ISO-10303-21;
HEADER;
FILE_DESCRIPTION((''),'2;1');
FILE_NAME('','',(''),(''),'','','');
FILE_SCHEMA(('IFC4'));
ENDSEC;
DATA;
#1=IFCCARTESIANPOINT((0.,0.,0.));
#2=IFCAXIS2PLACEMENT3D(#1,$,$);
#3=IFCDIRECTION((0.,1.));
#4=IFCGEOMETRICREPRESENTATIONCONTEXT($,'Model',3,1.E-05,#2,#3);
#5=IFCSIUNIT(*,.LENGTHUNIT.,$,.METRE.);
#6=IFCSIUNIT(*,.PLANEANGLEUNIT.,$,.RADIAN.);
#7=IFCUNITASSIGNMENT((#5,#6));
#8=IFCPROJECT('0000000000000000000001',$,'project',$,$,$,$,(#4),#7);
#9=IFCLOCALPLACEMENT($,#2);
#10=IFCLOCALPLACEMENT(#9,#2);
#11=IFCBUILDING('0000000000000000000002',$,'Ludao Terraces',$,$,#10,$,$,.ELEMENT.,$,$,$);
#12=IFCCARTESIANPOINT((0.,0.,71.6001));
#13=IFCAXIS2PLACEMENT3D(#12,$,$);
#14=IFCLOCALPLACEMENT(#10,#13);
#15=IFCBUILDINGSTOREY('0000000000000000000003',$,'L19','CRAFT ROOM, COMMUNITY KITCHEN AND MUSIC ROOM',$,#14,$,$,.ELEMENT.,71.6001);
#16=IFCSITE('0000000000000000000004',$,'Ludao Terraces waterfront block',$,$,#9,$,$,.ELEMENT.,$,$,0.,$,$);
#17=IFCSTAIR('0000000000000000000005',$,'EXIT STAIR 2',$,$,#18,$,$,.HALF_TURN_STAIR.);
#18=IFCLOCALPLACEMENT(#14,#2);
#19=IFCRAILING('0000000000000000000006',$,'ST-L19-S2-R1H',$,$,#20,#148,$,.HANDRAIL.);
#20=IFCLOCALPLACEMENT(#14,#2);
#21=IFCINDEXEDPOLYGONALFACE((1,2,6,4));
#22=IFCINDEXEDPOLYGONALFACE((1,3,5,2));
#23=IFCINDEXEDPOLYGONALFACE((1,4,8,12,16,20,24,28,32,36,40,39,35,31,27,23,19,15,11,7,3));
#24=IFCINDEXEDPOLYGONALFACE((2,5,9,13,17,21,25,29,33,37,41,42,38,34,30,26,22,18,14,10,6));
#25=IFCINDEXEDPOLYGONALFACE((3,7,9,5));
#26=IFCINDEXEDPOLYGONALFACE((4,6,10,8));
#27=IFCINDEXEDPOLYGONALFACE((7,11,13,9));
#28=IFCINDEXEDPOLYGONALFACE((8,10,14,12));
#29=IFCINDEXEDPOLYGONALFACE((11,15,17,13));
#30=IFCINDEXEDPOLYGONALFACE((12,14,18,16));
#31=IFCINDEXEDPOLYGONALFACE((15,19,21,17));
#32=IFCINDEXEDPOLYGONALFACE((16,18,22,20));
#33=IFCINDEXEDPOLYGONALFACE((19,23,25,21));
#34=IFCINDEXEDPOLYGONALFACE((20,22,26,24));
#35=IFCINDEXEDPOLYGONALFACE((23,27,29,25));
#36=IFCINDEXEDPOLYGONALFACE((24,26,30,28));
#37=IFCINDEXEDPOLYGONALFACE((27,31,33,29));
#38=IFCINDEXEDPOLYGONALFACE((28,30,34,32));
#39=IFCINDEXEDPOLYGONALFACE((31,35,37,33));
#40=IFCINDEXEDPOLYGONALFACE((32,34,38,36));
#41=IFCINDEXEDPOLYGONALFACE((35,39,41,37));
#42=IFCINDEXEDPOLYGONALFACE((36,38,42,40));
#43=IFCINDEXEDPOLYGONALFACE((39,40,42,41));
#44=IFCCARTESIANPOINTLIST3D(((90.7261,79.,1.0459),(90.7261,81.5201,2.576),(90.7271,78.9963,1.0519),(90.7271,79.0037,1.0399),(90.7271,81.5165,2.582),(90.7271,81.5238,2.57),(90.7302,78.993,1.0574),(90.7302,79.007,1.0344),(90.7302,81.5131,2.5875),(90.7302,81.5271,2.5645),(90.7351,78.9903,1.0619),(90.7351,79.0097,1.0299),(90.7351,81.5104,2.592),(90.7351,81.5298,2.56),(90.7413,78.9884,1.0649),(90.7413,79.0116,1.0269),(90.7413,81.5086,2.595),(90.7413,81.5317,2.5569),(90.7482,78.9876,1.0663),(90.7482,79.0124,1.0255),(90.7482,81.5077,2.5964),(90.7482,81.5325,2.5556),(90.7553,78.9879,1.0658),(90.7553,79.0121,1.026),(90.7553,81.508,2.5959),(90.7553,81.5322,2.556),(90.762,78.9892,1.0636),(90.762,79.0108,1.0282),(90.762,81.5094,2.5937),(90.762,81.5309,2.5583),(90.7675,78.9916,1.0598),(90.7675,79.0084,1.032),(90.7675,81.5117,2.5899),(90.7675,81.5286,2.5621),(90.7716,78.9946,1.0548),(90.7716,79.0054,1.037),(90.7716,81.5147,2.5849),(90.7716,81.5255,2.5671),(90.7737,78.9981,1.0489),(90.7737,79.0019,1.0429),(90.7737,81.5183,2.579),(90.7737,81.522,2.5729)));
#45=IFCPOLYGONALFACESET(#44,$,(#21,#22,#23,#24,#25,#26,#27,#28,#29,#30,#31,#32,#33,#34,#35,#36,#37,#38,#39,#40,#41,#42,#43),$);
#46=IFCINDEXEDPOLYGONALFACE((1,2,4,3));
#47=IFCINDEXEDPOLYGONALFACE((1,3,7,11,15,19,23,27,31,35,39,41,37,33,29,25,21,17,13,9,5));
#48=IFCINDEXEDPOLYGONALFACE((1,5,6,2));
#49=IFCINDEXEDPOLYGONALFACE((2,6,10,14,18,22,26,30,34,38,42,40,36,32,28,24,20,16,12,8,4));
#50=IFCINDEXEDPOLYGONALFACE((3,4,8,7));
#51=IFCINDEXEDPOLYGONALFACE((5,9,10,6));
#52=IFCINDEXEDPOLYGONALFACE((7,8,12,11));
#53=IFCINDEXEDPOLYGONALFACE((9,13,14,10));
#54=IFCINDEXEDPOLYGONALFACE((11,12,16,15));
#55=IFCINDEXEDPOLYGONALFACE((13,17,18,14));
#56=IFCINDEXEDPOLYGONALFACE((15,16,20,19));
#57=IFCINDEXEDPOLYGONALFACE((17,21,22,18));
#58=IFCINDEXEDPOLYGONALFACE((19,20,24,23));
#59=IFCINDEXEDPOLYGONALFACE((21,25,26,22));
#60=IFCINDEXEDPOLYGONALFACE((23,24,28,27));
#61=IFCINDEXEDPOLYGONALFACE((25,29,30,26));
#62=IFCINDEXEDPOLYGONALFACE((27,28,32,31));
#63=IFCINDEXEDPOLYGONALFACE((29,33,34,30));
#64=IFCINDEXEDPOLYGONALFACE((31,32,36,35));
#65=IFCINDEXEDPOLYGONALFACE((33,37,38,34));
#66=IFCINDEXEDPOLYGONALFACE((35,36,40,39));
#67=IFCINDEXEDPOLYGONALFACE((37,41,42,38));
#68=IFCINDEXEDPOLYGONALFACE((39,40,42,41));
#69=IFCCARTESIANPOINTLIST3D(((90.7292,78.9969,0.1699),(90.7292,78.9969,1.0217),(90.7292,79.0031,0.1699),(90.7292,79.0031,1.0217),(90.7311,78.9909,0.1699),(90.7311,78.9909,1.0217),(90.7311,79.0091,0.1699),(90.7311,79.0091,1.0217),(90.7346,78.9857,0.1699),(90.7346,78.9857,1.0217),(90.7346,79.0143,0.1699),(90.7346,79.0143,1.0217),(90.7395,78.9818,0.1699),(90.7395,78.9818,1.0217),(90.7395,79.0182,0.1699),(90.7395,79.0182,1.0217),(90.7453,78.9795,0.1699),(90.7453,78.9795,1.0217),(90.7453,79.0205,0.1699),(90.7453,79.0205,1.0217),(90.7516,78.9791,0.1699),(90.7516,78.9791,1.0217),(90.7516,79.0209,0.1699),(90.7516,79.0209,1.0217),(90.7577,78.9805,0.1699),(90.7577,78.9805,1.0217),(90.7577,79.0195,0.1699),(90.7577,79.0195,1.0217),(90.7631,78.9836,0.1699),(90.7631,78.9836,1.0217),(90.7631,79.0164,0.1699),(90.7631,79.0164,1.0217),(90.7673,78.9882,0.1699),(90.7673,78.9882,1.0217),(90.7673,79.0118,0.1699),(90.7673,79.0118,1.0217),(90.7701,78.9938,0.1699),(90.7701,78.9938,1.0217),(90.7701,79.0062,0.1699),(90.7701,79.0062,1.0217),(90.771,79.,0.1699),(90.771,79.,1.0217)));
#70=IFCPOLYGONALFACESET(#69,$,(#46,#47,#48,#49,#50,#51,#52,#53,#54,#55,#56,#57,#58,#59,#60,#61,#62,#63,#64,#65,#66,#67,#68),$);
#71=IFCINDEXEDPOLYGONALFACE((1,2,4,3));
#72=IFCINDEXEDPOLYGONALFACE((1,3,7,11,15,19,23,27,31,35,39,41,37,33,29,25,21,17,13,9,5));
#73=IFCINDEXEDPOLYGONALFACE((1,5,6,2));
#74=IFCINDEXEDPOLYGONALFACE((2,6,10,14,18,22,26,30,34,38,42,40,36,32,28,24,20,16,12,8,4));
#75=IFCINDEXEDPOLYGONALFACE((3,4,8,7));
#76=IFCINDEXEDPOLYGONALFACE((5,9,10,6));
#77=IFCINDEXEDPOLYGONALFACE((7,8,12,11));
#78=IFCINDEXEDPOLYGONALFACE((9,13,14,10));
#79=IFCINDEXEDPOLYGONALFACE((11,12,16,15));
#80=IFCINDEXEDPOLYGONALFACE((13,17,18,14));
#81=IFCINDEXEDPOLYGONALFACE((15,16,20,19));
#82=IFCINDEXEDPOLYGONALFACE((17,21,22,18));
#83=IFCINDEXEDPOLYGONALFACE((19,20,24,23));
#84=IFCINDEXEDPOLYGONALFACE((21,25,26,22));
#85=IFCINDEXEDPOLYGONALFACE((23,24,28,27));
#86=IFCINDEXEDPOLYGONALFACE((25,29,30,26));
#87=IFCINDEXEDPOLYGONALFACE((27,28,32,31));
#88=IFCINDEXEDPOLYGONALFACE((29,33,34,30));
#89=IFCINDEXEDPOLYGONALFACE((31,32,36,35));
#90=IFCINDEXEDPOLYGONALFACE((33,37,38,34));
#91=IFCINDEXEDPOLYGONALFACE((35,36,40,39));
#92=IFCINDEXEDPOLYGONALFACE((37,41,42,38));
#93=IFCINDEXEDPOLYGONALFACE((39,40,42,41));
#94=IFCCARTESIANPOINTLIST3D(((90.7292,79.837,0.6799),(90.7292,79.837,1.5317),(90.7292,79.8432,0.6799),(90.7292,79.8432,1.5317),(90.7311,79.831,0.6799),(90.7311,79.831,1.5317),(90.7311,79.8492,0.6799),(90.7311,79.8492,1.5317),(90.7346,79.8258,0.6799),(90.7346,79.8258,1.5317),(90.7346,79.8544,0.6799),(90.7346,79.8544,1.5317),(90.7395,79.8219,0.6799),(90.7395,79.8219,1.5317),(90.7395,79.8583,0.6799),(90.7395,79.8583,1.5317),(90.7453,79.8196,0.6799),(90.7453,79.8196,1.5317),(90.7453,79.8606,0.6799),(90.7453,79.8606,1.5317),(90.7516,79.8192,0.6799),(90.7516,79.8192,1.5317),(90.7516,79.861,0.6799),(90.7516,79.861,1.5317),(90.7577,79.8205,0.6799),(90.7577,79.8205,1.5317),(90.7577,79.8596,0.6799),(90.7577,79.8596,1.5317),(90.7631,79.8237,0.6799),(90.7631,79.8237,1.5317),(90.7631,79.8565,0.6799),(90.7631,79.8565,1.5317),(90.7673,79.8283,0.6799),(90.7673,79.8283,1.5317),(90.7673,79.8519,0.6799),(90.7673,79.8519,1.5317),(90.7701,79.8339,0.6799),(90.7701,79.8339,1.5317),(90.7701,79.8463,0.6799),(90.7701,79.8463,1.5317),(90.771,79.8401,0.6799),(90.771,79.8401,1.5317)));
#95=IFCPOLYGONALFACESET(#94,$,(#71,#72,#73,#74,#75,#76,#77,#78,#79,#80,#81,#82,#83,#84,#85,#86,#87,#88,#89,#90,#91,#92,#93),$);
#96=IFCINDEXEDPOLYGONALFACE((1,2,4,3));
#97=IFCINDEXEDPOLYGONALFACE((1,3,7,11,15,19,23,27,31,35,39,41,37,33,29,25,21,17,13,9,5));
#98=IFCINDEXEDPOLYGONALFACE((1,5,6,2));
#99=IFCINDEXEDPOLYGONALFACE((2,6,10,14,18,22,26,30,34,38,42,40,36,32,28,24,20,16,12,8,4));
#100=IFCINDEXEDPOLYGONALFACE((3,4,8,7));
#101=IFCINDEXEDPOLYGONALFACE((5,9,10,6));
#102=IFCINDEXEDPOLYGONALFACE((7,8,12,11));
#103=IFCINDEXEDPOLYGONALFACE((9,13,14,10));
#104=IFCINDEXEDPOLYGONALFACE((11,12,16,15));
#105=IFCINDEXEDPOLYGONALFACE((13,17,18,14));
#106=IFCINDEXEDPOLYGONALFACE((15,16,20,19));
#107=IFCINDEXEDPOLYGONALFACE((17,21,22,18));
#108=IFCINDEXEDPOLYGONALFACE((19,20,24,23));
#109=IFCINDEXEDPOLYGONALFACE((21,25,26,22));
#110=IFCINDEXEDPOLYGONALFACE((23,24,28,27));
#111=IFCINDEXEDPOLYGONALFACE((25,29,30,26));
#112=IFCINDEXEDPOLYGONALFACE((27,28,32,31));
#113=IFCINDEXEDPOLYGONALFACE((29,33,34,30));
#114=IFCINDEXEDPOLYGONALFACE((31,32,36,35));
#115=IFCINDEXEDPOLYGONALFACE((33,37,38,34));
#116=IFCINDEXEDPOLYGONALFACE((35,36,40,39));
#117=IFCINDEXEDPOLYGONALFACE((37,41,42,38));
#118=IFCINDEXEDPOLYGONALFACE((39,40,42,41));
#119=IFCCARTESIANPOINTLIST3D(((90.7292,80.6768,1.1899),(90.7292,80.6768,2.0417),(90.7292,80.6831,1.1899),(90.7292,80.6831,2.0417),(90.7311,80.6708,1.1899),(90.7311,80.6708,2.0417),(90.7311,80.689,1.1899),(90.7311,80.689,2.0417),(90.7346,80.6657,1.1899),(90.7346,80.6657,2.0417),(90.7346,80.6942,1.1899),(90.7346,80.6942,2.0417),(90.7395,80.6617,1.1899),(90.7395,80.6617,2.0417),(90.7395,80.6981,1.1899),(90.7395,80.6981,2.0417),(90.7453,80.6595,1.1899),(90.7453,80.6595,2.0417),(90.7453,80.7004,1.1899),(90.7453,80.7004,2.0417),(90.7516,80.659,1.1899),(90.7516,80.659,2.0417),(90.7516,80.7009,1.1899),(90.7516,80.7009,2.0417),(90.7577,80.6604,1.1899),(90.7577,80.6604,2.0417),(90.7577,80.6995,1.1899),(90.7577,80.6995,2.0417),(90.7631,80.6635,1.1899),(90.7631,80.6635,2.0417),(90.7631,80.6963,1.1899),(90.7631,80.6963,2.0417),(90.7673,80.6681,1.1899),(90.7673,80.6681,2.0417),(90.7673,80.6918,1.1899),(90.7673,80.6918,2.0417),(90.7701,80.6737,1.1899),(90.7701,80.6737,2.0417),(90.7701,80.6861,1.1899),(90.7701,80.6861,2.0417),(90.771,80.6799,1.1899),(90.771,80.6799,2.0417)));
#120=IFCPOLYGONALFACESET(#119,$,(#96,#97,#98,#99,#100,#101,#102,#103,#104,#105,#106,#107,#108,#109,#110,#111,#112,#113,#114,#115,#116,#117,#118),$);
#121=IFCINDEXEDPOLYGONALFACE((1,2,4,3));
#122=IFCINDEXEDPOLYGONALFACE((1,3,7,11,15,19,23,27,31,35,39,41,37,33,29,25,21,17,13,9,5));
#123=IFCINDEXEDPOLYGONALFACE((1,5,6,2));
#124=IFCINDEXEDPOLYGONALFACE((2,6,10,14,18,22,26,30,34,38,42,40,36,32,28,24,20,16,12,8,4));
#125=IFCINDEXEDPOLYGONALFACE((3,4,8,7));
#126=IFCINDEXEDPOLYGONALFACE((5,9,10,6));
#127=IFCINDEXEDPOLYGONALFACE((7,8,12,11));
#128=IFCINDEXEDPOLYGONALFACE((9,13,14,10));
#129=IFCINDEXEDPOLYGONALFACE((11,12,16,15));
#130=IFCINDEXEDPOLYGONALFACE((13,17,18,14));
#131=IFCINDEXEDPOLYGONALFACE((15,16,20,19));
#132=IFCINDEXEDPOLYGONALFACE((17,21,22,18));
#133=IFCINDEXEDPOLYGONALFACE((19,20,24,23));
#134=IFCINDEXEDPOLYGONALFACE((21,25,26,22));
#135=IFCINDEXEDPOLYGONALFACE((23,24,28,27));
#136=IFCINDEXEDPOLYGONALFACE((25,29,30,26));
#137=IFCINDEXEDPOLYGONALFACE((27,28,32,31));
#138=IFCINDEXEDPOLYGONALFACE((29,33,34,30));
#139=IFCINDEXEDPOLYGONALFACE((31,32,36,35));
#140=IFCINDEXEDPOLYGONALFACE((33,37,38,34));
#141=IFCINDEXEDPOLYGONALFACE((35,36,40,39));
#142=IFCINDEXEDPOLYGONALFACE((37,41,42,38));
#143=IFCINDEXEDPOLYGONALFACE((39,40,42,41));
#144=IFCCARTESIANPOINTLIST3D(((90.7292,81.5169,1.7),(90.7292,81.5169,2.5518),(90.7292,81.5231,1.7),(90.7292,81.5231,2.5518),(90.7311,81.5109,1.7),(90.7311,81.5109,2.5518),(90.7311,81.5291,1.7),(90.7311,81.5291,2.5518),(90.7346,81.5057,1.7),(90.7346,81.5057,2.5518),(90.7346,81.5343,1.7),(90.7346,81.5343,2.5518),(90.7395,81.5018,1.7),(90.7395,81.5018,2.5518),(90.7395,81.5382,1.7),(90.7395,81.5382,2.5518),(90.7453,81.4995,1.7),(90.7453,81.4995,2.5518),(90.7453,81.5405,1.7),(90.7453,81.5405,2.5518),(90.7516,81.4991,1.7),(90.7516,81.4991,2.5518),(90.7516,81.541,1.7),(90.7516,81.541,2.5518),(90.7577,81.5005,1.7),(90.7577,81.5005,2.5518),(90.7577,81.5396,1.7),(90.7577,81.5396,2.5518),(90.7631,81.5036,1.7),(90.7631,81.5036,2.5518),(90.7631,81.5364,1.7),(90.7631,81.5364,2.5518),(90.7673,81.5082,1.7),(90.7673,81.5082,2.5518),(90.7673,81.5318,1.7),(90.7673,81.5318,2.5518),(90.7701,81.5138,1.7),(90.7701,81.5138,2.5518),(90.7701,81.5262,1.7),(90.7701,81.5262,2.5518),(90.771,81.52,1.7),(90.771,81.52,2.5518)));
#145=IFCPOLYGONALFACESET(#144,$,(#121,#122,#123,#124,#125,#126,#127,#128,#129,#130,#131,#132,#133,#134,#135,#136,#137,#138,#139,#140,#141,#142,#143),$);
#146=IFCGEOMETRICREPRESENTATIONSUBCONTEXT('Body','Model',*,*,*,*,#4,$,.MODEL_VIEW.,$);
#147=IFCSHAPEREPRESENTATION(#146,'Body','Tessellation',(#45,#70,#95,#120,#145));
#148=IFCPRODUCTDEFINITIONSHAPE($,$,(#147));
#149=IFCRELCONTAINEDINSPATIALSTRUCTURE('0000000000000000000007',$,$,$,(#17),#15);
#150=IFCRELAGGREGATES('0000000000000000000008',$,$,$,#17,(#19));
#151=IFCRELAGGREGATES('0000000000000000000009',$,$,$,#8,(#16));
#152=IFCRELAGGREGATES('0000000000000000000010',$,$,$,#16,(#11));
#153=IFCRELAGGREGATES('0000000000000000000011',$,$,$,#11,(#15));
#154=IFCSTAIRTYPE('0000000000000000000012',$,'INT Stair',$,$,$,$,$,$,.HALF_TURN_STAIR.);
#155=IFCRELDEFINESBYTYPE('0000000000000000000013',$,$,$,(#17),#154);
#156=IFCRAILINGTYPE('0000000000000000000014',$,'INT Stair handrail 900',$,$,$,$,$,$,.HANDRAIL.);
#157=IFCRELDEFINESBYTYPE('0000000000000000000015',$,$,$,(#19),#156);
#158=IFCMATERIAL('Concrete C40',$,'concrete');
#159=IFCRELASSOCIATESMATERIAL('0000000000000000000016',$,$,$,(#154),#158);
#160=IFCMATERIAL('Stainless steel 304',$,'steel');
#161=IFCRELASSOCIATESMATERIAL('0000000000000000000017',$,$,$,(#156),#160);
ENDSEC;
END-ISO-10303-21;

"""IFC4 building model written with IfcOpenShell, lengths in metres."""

from ifc_helpers import new_model, si_unit, direction, frame, origin, origin_2d, place, context, subcontext, project, spatial, circle, extrude, material, type_object, element, aggregate, save


model = new_model("IFC4")

# Units and contexts
model_context = context("Model", 3, precision=1e-05, world=origin(), true_north=direction((0.0, 1.0)))
body_context = subcontext(model_context, "Body", "Model", "MODEL_VIEW")
ifc_project = project(units=[si_unit("LENGTHUNIT", "METRE"), si_unit("PLANEANGLEUNIT", "RADIAN")], contexts=[model_context])

# Site, building, storey
site_placement = place(None, origin())
site = spatial("IfcSite", under=ifc_project, at=site_placement, Name="Ludao Terraces waterfront block", CompositionType="ELEMENT", RefElevation=0.0)
building_placement = place(site_placement, origin())
building = spatial("IfcBuilding", under=site, at=building_placement, Name="Ludao Terraces", CompositionType="ELEMENT")
storey_placement = place(building_placement, frame((0.0, 0.0, 71.6001)))
storey = spatial("IfcBuildingStorey", under=building, at=storey_placement, Name="L19", Description="CRAFT ROOM, COMMUNITY KITCHEN AND MUSIC ROOM", CompositionType="ELEMENT", Elevation=71.6001)

# Shared definitions
ifc_material_1 = material(Name="Concrete C40", Category="concrete")

# Stair, railing
stair_type = type_object("IfcStairType", Name="INT Stair", PredefinedType="HALF_TURN_STAIR", material=ifc_material_1)
stair_placement = place(storey_placement, origin())
stair = element("IfcStair", 1, at=stair_placement, inside=storey, type_object=stair_type, Name="EXIT STAIR 2", PredefinedType="HALF_TURN_STAIR")
ifc_material_2 = material(Name="Stainless steel 304", Category="steel")
railing_type_1 = type_object("IfcRailingType", Name="INT Stair handrail 900", PredefinedType="HANDRAIL", material=ifc_material_2)
railing_1_placement = place(storey_placement, frame((90.75, 79.0, 0.1699)))
railing_1 = element("IfcRailing", 2, at=railing_1_placement, type_object=railing_type_1, Name="ST-L19-S2-R1H", PredefinedType="HANDRAIL", context=body_context, shape_type="SweptSolid", body=[
    extrude(circle(Radius=0.0239, at=origin_2d()), frame((0.0, 0.0, 0.876), z_axis=(0.0, 0.854785, 0.518982), x_axis=(-1.0, 0.0, 0.0)), (0.0, 0.0, 1.0), 2.9482),
    extrude(circle(Radius=0.021, at=origin_2d()), origin(), (0.0, 0.0, 1.0), 0.8518),
    extrude(circle(Radius=0.021, at=origin_2d()), frame((0.0, 0.8401, 0.51)), (0.0, 0.0, 1.0), 0.8518),
    extrude(circle(Radius=0.021, at=origin_2d()), frame((0.0, 1.6799, 1.02)), (0.0, 0.0, 1.0), 0.8518),
    extrude(circle(Radius=0.021, at=origin_2d()), frame((0.0, 2.52, 1.53)), (0.0, 0.0, 1.0), 0.8518),
])
aggregate(stair, [railing_1])

save(model, "model.ifc")
